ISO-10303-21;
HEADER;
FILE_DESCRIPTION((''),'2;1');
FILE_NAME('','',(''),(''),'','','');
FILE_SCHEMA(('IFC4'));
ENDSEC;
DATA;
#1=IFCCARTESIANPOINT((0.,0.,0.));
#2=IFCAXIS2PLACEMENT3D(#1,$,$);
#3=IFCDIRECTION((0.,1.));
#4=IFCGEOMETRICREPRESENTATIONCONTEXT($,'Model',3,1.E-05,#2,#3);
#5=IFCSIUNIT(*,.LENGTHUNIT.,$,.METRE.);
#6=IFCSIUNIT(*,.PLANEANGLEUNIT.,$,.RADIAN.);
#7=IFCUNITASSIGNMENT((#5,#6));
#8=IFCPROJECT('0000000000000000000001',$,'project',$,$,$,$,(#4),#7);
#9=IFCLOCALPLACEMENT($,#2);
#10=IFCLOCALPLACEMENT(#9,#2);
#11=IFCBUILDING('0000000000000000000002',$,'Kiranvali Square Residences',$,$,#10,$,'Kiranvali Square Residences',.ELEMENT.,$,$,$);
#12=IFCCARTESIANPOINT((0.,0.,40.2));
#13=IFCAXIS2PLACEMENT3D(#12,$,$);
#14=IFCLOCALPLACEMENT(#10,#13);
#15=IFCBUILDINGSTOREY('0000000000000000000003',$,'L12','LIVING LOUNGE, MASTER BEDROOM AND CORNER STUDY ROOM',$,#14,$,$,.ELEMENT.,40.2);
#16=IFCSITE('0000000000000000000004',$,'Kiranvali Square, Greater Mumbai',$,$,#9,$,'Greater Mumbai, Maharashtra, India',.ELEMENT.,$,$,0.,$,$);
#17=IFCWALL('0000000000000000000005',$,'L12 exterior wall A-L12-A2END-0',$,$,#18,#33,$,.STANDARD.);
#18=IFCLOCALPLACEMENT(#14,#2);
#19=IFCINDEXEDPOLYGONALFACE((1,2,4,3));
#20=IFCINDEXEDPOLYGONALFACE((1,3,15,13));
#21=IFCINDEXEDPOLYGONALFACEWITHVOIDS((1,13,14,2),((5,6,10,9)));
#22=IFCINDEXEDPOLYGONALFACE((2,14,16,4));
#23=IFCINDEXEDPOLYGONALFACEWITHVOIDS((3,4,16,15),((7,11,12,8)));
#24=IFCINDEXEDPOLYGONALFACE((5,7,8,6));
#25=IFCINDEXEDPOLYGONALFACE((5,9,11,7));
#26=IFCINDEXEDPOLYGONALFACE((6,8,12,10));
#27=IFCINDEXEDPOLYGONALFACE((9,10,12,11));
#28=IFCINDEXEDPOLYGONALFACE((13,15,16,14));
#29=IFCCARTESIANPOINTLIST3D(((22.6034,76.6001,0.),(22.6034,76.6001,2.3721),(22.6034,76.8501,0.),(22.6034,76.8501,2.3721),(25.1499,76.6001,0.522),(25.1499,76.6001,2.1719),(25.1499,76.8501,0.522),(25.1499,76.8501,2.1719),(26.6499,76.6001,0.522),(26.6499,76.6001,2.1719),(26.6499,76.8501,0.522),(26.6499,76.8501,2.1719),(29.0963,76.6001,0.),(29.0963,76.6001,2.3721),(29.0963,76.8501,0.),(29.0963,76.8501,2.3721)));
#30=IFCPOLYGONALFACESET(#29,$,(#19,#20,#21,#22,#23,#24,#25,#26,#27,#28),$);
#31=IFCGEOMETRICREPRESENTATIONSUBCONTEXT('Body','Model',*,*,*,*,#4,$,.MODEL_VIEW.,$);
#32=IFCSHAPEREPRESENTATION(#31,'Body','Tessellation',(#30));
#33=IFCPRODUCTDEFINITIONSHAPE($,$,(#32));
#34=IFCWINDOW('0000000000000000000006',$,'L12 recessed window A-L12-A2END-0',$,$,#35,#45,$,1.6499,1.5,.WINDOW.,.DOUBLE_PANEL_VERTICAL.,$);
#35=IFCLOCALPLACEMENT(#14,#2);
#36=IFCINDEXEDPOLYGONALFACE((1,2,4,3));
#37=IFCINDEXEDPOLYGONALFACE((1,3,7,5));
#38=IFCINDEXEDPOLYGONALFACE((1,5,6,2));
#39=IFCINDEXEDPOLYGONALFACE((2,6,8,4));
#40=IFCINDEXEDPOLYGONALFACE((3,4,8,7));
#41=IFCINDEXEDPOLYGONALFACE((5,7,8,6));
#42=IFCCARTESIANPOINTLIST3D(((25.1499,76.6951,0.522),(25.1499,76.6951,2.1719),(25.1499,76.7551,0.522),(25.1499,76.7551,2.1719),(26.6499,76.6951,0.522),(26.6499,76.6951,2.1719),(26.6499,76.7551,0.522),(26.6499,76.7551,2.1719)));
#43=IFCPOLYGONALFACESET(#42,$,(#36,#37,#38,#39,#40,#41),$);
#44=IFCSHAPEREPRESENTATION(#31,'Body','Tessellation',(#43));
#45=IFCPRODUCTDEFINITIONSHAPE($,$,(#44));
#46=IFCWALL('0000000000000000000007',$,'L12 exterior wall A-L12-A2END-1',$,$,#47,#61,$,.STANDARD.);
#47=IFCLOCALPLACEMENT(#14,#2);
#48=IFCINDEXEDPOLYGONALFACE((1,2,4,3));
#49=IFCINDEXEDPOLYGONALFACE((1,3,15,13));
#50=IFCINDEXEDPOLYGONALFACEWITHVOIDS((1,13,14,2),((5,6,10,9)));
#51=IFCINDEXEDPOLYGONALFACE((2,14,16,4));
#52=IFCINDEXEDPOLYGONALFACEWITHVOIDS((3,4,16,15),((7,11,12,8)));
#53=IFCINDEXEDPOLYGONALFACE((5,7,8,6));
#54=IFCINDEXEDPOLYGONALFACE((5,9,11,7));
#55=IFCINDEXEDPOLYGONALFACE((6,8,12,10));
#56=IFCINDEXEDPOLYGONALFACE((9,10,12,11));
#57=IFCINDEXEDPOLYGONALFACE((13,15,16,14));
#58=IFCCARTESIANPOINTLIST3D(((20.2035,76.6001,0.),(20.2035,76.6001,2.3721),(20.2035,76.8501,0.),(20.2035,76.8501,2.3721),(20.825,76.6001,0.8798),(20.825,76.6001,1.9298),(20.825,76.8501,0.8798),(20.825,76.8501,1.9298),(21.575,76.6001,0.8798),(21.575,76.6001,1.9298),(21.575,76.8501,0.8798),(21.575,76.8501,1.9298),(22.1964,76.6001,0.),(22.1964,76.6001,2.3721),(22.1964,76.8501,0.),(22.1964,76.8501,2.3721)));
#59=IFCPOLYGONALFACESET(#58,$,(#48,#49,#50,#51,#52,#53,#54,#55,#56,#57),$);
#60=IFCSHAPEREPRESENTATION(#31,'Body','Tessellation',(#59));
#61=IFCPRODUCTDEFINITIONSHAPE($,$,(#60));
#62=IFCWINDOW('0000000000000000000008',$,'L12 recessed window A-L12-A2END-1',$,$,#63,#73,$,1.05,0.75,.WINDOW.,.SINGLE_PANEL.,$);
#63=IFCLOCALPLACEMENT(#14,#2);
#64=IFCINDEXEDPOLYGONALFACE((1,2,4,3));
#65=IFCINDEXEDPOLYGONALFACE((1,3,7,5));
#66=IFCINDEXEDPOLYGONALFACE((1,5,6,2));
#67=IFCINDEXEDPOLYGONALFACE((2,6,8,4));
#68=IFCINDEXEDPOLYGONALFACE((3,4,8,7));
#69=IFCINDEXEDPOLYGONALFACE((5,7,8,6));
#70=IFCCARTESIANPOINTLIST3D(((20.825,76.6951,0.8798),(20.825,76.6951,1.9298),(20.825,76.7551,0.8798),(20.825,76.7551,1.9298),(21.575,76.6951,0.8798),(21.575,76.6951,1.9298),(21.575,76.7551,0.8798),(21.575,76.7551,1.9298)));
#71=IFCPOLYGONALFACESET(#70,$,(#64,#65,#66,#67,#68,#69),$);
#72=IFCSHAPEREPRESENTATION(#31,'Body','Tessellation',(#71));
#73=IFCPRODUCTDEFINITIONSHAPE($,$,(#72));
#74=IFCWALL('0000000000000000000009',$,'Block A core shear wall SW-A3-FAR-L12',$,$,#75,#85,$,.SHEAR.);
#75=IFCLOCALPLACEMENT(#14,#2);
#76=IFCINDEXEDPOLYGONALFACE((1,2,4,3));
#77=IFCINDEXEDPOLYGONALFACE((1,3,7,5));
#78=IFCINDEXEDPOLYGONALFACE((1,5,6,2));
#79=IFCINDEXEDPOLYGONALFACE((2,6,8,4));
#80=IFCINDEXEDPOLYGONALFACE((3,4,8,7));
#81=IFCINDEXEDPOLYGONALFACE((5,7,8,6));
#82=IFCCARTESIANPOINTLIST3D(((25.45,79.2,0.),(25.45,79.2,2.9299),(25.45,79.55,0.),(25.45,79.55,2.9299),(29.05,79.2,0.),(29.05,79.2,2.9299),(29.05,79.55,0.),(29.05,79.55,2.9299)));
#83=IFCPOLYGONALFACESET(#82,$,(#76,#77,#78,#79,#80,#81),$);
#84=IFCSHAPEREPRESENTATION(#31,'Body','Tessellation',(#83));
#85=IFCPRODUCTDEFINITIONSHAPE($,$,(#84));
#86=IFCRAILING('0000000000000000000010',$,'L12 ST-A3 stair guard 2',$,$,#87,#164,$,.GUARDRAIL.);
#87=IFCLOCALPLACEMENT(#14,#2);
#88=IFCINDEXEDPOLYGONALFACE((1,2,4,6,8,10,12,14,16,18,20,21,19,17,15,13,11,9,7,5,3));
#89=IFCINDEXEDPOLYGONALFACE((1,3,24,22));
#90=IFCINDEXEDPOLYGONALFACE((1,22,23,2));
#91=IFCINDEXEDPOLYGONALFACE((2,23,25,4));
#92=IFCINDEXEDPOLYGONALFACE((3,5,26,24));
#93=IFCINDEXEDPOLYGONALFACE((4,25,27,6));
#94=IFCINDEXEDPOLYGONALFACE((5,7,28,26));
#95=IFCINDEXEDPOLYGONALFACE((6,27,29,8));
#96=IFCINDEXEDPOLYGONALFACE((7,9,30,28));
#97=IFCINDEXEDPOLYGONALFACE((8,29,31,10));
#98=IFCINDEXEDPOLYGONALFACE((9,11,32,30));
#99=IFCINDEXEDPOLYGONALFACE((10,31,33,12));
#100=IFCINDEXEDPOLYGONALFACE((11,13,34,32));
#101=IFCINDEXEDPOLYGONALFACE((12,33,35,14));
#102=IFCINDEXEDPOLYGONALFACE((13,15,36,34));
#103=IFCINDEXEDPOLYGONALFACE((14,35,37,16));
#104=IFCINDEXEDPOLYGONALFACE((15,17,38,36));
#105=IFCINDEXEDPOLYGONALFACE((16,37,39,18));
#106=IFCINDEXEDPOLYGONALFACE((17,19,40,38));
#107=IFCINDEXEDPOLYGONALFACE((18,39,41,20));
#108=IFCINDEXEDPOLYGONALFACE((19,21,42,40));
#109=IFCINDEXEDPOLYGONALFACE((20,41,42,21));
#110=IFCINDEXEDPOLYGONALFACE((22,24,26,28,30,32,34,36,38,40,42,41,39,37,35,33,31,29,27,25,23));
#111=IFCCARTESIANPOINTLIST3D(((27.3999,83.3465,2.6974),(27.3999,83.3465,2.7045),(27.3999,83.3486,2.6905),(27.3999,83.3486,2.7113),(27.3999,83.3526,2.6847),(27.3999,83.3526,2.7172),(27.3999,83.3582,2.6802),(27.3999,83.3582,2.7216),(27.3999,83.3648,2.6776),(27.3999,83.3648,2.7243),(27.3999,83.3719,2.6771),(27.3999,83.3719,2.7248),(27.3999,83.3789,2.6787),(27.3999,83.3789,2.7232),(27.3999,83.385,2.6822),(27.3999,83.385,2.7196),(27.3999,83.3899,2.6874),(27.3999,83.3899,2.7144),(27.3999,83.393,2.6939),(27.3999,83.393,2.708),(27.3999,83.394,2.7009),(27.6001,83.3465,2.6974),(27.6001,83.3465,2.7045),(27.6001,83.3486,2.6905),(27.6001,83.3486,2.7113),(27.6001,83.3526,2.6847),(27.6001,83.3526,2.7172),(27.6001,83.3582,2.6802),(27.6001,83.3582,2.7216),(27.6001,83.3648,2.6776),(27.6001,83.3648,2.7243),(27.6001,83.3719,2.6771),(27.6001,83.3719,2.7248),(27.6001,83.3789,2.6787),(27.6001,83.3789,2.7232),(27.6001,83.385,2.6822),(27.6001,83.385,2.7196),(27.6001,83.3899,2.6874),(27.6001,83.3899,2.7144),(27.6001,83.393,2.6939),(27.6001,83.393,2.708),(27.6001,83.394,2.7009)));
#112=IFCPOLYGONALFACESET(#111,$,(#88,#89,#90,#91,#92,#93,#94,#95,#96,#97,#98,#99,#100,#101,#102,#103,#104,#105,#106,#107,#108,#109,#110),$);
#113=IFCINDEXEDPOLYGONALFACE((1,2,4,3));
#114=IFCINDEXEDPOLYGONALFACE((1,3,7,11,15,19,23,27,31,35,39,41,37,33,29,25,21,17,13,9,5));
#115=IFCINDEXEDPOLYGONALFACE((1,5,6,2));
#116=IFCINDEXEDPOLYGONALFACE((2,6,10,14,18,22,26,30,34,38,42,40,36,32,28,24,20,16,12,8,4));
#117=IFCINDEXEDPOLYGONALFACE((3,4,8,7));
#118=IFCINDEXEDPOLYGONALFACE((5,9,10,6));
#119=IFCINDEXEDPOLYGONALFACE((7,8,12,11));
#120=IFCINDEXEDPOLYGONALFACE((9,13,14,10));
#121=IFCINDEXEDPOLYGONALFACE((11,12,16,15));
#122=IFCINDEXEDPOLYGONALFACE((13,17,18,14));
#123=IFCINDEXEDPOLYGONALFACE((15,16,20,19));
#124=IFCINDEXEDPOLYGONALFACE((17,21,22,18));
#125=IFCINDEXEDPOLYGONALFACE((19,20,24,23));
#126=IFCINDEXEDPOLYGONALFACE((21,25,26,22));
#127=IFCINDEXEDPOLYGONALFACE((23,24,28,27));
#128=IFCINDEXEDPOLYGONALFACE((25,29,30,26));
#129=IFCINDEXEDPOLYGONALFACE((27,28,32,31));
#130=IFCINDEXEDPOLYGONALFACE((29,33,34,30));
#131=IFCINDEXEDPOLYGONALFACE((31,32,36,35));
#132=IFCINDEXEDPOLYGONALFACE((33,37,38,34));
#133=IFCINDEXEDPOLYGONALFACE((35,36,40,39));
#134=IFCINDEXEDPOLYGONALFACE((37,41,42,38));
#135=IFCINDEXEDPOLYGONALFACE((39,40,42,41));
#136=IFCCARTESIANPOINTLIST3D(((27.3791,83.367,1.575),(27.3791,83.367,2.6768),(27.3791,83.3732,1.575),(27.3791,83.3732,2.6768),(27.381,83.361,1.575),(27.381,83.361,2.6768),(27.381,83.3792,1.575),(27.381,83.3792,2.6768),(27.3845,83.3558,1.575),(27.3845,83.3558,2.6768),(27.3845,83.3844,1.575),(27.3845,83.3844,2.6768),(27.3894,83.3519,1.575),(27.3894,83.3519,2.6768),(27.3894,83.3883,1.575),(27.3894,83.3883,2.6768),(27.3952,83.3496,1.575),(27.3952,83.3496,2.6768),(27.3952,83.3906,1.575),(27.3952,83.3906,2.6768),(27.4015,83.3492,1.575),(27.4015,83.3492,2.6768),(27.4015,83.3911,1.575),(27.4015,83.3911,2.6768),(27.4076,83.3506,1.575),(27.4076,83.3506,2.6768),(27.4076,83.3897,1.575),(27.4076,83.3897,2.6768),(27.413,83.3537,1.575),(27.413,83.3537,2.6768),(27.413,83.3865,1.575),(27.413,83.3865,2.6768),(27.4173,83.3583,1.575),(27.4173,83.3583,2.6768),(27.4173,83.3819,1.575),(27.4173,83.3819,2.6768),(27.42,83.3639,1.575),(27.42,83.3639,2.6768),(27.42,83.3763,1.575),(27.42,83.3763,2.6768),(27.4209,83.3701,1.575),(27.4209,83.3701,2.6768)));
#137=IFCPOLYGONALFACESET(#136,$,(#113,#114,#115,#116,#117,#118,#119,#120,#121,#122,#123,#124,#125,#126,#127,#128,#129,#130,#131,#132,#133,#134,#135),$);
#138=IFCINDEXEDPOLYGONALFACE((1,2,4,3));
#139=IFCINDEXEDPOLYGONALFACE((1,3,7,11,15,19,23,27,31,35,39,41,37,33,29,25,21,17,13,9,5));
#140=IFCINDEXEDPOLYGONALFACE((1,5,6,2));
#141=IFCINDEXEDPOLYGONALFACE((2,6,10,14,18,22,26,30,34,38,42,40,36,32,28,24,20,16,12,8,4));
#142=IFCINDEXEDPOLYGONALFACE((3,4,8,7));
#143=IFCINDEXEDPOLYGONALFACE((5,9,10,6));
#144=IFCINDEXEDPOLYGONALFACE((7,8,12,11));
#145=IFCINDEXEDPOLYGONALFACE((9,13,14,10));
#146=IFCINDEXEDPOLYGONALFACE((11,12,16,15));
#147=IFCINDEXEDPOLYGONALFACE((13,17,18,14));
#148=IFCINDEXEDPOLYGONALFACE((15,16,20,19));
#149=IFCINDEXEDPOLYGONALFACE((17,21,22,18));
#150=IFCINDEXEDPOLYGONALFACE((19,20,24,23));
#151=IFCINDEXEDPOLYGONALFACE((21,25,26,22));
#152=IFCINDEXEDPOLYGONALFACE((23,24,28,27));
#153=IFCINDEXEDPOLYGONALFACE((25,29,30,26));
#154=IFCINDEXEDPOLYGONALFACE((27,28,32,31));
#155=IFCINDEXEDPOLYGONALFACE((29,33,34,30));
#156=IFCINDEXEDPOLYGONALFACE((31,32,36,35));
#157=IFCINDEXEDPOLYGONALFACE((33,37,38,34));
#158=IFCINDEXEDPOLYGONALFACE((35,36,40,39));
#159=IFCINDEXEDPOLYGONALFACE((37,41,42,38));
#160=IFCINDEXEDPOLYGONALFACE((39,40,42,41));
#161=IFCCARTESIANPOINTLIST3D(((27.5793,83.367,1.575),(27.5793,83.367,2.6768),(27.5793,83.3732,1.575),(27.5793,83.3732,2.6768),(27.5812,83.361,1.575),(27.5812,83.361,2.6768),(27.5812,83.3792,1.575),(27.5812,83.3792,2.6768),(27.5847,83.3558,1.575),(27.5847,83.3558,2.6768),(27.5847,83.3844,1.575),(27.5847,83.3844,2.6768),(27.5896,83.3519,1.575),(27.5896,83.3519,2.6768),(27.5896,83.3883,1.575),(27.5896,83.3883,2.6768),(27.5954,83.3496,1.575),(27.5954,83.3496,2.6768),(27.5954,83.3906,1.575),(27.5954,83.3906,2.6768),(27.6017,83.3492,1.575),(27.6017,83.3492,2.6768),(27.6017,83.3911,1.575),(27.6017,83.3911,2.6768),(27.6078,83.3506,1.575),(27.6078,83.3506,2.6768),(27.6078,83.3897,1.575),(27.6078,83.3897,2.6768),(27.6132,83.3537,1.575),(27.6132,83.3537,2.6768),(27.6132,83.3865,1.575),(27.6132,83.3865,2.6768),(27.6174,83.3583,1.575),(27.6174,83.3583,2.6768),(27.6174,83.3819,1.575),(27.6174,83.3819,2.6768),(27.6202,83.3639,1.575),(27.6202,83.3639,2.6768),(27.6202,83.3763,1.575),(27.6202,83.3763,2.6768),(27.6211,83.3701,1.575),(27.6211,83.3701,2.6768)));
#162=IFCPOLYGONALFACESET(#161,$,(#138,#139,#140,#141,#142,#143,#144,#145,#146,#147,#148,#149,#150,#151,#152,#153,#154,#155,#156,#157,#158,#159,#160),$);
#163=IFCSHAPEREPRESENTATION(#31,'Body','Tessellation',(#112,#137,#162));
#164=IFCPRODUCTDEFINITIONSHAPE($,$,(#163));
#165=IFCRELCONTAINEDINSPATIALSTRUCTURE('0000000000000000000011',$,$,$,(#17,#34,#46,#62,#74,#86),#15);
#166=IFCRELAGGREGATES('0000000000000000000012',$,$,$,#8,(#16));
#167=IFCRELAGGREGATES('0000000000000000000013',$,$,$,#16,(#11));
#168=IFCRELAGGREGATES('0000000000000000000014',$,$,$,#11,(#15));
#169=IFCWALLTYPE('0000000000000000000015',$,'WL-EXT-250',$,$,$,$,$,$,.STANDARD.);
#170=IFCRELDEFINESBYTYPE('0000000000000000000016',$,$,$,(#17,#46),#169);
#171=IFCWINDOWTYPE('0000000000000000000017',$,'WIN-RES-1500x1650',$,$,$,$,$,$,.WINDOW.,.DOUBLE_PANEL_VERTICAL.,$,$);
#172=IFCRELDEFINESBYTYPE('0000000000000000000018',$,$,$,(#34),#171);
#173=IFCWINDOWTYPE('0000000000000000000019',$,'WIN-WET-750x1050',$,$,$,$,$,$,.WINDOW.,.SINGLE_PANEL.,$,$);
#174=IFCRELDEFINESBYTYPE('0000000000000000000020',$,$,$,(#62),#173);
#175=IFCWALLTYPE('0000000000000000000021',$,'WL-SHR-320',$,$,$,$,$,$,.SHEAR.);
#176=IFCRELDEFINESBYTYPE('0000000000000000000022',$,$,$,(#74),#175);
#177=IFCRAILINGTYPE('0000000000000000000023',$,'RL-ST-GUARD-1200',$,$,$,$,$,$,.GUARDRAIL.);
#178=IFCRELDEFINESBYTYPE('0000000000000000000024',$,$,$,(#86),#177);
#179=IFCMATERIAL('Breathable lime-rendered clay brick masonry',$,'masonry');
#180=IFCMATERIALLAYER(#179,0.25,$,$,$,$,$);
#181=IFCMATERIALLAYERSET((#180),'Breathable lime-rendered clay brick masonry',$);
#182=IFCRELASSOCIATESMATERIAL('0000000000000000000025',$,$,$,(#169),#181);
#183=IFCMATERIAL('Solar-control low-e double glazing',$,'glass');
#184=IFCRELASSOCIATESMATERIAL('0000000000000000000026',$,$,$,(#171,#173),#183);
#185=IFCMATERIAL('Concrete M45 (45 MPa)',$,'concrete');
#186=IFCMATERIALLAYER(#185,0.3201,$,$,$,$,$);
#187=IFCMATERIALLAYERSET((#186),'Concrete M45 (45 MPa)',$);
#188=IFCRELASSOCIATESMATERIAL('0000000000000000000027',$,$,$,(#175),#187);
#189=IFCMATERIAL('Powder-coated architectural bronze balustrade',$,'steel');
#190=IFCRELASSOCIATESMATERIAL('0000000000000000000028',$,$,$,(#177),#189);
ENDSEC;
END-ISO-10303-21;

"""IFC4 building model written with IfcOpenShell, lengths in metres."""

from ifc_helpers import new_model, si_unit, direction, frame, frame_2d, origin, origin_2d, place, context, subcontext, project, spatial, rectangle, circle, extrude, material, layer, layer_set, type_object, element, fill, save


model = new_model("IFC4")

# Units and contexts
model_context = context("Model", 3, precision=1e-05, world=origin(), true_north=direction((0.0, 1.0)))
body_context = subcontext(model_context, "Body", "Model", "MODEL_VIEW")
ifc_project = project(units=[si_unit("LENGTHUNIT", "METRE"), si_unit("PLANEANGLEUNIT", "RADIAN")], contexts=[model_context])

# Site, building, storey
site_placement = place(None, origin())
site = spatial("IfcSite", under=ifc_project, at=site_placement, Name="Kiranvali Square, Greater Mumbai", LongName="Greater Mumbai, Maharashtra, India", CompositionType="ELEMENT", RefElevation=0.0)
building_placement = place(site_placement, origin())
building = spatial("IfcBuilding", under=site, at=building_placement, Name="Kiranvali Square Residences", LongName="Kiranvali Square Residences", CompositionType="ELEMENT")
storey_placement = place(building_placement, frame((0.0, 0.0, 40.2)))
storey = spatial("IfcBuildingStorey", under=building, at=storey_placement, Name="L12", Description="LIVING LOUNGE, MASTER BEDROOM AND CORNER STUDY ROOM", CompositionType="ELEMENT", Elevation=40.2)

# Shared definitions
ifc_material_1 = material(Name="Concrete M45 (45 MPa)", Category="concrete")

# Walls, openings, windows
ifc_material_2 = material(Name="Breathable lime-rendered clay brick masonry", Category="masonry")
ifc_layer_1 = layer(ifc_material_2, 0.25)
ifc_layer_set_1 = layer_set([ifc_layer_1], Name="Breathable lime-rendered clay brick masonry")
wall_type_1 = type_object("IfcWallType", Name="WL-EXT-250", PredefinedType="STANDARD", material=ifc_layer_set_1)
ifc_material_3 = material(Name="Solar-control low-e double glazing", Category="glass")
wall_1_placement = place(storey_placement, frame((29.0964, 76.7251, 0.0), z_axis=(0.0, 0.0, 1.0), x_axis=(-1.0, 0.0, 0.0)))
wall_1 = element("IfcWall", 1, at=wall_1_placement, inside=storey, type_object=wall_type_1, Name="L12 exterior wall A-L12-A2END-0", PredefinedType="STANDARD", context=body_context, shape_type="SweptSolid", body=[
    extrude(rectangle(XDim=6.4929, YDim=0.25, at=frame_2d((3.2466, 0.0))), origin(), (0.0, 0.0, 1.0), 2.3721),
])
opening_1_placement = place(wall_1_placement, frame((2.4465, 0.0, 0.522)))
opening_1 = element("IfcOpeningElement", 2, at=opening_1_placement, cuts=wall_1, PredefinedType="OPENING", context=body_context, shape_type="SweptSolid", body=[
    extrude(rectangle(XDim=1.5, YDim=1.6499, at=frame_2d((0.75, 0.825))), frame((0.0, 0.135, 0.0), z_axis=(0.0, -1.0, 0.0), x_axis=(1.0, 0.0, 0.0)), (0.0, 0.0, 1.0), 0.27),
])
window_type_1 = type_object("IfcWindowType", Name="WIN-RES-1500x1650", PartitioningType="DOUBLE_PANEL_VERTICAL", PredefinedType="WINDOW", material=ifc_material_3)
window_1_placement = place(opening_1_placement, origin())
window_1 = element("IfcWindow", 3, at=window_1_placement, inside=storey, type_object=window_type_1, Name="L12 recessed window A-L12-A2END-0", OverallHeight=1.6499, OverallWidth=1.5, PartitioningType="DOUBLE_PANEL_VERTICAL", PredefinedType="WINDOW", context=body_context, shape_type="SweptSolid", body=[
    extrude(rectangle(XDim=1.5, YDim=1.6499, at=frame_2d((0.75, 0.825))), frame((0.0, 0.03, 0.0), z_axis=(0.0, -1.0, 0.0), x_axis=(1.0, 0.0, 0.0)), (0.0, 0.0, 1.0), 0.0601),
])
fill(opening_1, window_1)
wall_2_placement = place(storey_placement, frame((22.1965, 76.7251, 0.0), z_axis=(0.0, 0.0, 1.0), x_axis=(-1.0, 0.0, 0.0)))
wall_2 = element("IfcWall", 4, at=wall_2_placement, inside=storey, type_object=wall_type_1, Name="L12 exterior wall A-L12-A2END-1", PredefinedType="STANDARD", context=body_context, shape_type="SweptSolid", body=[
    extrude(rectangle(XDim=1.9929, YDim=0.25, at=frame_2d((0.9966, 0.0))), origin(), (0.0, 0.0, 1.0), 2.3721),
])
opening_2_placement = place(wall_2_placement, frame((0.6216, 0.0, 0.8799)))
opening_2 = element("IfcOpeningElement", 5, at=opening_2_placement, cuts=wall_2, PredefinedType="OPENING", context=body_context, shape_type="SweptSolid", body=[
    extrude(rectangle(XDim=0.75, YDim=1.05, at=frame_2d((0.375, 0.5249))), frame((0.0, 0.135, 0.0), z_axis=(0.0, -1.0, 0.0), x_axis=(1.0, 0.0, 0.0)), (0.0, 0.0, 1.0), 0.27),
])
window_type_2 = type_object("IfcWindowType", Name="WIN-WET-750x1050", PartitioningType="SINGLE_PANEL", PredefinedType="WINDOW", material=ifc_material_3)
window_2_placement = place(opening_2_placement, origin())
window_2 = element("IfcWindow", 6, at=window_2_placement, inside=storey, type_object=window_type_2, Name="L12 recessed window A-L12-A2END-1", OverallHeight=1.05, OverallWidth=0.75, PartitioningType="SINGLE_PANEL", PredefinedType="WINDOW", context=body_context, shape_type="SweptSolid", body=[
    extrude(rectangle(XDim=0.75, YDim=1.05, at=frame_2d((0.375, 0.5249))), frame((0.0, 0.03, 0.0), z_axis=(0.0, -1.0, 0.0), x_axis=(1.0, 0.0, 0.0)), (0.0, 0.0, 1.0), 0.0601),
])
fill(opening_2, window_2)

# Wall
ifc_layer_2 = layer(ifc_material_1, 0.3201)
ifc_layer_set_2 = layer_set([ifc_layer_2], Name="Concrete M45 (45 MPa)")
wall_type_2 = type_object("IfcWallType", Name="WL-SHR-320", PredefinedType="SHEAR", material=ifc_layer_set_2)
wall_3_placement = place(storey_placement, frame((29.05, 79.375, 0.0), z_axis=(0.0, 0.0, 1.0), x_axis=(-1.0, 0.0, 0.0)))
element("IfcWall", 7, at=wall_3_placement, inside=storey, type_object=wall_type_2, Name="Block A core shear wall SW-A3-FAR-L12", PredefinedType="SHEAR", context=body_context, shape_type="SweptSolid", body=[
    extrude(rectangle(XDim=3.6001, YDim=0.3501, at=frame_2d((1.8, 0.0))), origin(), (0.0, 0.0, 1.0), 2.9299),
])

# Railing
ifc_material_4 = material(Name="Powder-coated architectural bronze balustrade", Category="steel")
railing_type = type_object("IfcRailingType", Name="RL-ST-GUARD-1200", PredefinedType="GUARDRAIL", material=ifc_material_4)
railing_1_placement = place(storey_placement, frame((27.3999, 83.3701, 1.575)))
element("IfcRailing", 8, at=railing_1_placement, inside=storey, type_object=railing_type, Name="L12 ST-A3 stair guard 2", PredefinedType="GUARDRAIL", context=body_context, shape_type="SweptSolid", body=[
    extrude(circle(Radius=0.0239, at=origin_2d()), frame((0.0, 0.0, 1.126), z_axis=(1.0, 0.0, 0.0), x_axis=(0.0, 1.0, 0.0)), (0.0, 0.0, 1.0), 0.2002),
    extrude(circle(Radius=0.021, at=origin_2d()), origin(), (0.0, 0.0, 1.0), 1.1018),
    extrude(circle(Radius=0.021, at=origin_2d()), frame((0.2002, 0.0, 0.0)), (0.0, 0.0, 1.0), 1.1018),
])

save(model, "model.ifc")
